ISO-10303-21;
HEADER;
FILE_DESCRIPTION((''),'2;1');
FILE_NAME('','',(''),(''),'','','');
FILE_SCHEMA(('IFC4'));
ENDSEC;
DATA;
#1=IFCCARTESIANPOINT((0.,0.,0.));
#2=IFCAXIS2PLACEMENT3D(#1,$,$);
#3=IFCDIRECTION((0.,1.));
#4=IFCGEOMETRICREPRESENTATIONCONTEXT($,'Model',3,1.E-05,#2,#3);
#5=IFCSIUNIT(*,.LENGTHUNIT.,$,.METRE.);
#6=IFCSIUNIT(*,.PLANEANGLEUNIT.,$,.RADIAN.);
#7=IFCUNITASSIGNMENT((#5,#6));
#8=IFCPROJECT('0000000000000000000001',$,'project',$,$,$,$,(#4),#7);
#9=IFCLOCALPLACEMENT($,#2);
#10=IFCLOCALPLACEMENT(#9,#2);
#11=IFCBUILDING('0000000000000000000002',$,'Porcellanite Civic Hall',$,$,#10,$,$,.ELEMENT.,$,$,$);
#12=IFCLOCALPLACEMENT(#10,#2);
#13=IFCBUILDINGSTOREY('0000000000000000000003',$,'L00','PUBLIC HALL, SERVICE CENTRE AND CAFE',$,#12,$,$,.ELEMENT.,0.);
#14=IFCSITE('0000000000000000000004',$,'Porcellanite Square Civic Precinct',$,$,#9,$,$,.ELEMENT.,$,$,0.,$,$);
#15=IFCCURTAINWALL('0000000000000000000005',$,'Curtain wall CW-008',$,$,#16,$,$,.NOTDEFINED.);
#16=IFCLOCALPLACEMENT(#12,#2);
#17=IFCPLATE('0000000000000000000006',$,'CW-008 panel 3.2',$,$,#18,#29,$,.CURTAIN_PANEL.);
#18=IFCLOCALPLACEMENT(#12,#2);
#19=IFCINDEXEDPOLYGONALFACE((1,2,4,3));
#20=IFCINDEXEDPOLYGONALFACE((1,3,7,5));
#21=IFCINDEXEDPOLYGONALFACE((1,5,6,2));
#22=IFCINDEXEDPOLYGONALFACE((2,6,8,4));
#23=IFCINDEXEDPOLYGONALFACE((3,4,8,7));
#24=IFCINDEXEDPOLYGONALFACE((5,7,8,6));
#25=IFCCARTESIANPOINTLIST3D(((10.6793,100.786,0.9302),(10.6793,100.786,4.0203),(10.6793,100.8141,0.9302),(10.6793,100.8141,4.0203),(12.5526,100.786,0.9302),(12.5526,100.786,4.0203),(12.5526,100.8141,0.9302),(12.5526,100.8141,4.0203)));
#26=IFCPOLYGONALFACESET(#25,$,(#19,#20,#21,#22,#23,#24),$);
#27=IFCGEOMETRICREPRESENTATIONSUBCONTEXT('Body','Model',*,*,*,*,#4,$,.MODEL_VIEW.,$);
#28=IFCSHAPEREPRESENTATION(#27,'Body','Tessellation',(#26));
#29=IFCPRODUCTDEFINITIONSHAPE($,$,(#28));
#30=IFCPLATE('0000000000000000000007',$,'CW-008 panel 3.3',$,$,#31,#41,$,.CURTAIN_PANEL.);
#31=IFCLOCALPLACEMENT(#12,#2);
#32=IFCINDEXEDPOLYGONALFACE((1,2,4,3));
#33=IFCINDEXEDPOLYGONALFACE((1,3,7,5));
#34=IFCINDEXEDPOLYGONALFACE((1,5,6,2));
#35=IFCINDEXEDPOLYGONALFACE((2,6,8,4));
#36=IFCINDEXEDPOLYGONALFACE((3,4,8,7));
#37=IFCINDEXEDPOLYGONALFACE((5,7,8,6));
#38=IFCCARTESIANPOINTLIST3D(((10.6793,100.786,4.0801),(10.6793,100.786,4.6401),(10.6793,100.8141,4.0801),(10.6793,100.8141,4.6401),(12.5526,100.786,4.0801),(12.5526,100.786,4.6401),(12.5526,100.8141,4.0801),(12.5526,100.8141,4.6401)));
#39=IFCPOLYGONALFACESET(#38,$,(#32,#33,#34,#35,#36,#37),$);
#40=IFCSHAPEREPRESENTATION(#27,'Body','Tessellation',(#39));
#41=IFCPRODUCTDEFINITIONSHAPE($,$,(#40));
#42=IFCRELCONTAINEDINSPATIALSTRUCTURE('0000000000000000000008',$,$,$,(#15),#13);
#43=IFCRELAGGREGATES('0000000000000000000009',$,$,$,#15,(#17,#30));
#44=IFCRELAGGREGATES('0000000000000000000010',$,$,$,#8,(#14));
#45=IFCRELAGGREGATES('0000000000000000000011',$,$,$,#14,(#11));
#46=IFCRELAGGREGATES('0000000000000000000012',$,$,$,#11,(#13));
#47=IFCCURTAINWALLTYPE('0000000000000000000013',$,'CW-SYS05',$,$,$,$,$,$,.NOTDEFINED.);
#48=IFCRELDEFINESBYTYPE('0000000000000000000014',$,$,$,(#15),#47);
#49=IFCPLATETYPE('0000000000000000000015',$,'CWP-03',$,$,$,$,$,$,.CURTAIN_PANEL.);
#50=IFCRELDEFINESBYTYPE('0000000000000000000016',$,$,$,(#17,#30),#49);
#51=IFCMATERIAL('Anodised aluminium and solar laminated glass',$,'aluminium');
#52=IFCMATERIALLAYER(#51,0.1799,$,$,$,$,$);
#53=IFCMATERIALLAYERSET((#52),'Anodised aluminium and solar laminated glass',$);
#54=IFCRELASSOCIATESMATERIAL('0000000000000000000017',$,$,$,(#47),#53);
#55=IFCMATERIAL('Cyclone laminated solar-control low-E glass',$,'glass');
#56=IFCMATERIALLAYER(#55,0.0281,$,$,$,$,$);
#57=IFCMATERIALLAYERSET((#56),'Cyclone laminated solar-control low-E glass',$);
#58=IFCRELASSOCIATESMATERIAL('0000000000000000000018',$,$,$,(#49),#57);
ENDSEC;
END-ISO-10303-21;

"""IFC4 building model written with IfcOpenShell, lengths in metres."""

from ifc_helpers import new_model, si_unit, direction, frame, origin, origin_2d, place, context, subcontext, project, spatial, rectangle, extrude, material, layer, layer_set, type_object, element, aggregate, save


model = new_model("IFC4")

# Units and contexts
model_context = context("Model", 3, precision=1e-05, world=origin(), true_north=direction((0.0, 1.0)))
body_context = subcontext(model_context, "Body", "Model", "MODEL_VIEW")
ifc_project = project(units=[si_unit("LENGTHUNIT", "METRE"), si_unit("PLANEANGLEUNIT", "RADIAN")], contexts=[model_context])

# Site, building, storey
site_placement = place(None, origin())
site = spatial("IfcSite", under=ifc_project, at=site_placement, Name="Porcellanite Square Civic Precinct", CompositionType="ELEMENT", RefElevation=0.0)
building_placement = place(site_placement, origin())
building = spatial("IfcBuilding", under=site, at=building_placement, Name="Porcellanite Civic Hall", CompositionType="ELEMENT")
storey_placement = place(building_placement, origin())
storey = spatial("IfcBuildingStorey", under=building, at=storey_placement, Name="L00", Description="PUBLIC HALL, SERVICE CENTRE AND CAFE", CompositionType="ELEMENT", Elevation=0.0)

# Curtain wall
ifc_material_1 = material(Name="Anodised aluminium and solar laminated glass", Category="aluminium")
ifc_layer_1 = layer(ifc_material_1, 0.1799)
ifc_layer_set_1 = layer_set([ifc_layer_1], Name="Anodised aluminium and solar laminated glass")
curtain_wall_type = type_object("IfcCurtainWallType", Name="CW-SYS05", PredefinedType="NOTDEFINED", material=ifc_layer_set_1)
curtain_wall_1_placement = place(storey_placement, origin())
curtain_wall_1 = element("IfcCurtainWall", 1, at=curtain_wall_1_placement, inside=storey, type_object=curtain_wall_type, Name="Curtain wall CW-008", PredefinedType="NOTDEFINED")

# Plates
ifc_material_2 = material(Name="Cyclone laminated solar-control low-E glass", Category="glass")
ifc_layer_2 = layer(ifc_material_2, 0.0281)
ifc_layer_set_2 = layer_set([ifc_layer_2], Name="Cyclone laminated solar-control low-E glass")
plate_type = type_object("IfcPlateType", Name="CWP-03", PredefinedType="CURTAIN_PANEL", material=ifc_layer_set_2)
plate_1_placement = place(storey_placement, frame((11.616, 100.8, 0.9302), z_axis=(0.0, 0.0, 1.0), x_axis=(-1.0, 0.0, 0.0)))
plate_1 = element("IfcPlate", 2, at=plate_1_placement, type_object=plate_type, Name="CW-008 panel 3.2", PredefinedType="CURTAIN_PANEL", context=body_context, shape_type="SweptSolid", body=[
    extrude(rectangle(XDim=1.8733, YDim=0.0281, at=origin_2d()), origin(), (0.0, 0.0, 1.0), 3.0901),
])
plate_2_placement = place(storey_placement, frame((11.616, 100.8, 4.0801), z_axis=(0.0, 0.0, 1.0), x_axis=(-1.0, 0.0, 0.0)))
plate_2 = element("IfcPlate", 3, at=plate_2_placement, type_object=plate_type, Name="CW-008 panel 3.3", PredefinedType="CURTAIN_PANEL", context=body_context, shape_type="SweptSolid", body=[
    extrude(rectangle(XDim=1.8733, YDim=0.0281, at=origin_2d()), origin(), (0.0, 0.0, 1.0), 0.5601),
])
aggregate(curtain_wall_1, [plate_1, plate_2])

save(model, "model.ifc")
